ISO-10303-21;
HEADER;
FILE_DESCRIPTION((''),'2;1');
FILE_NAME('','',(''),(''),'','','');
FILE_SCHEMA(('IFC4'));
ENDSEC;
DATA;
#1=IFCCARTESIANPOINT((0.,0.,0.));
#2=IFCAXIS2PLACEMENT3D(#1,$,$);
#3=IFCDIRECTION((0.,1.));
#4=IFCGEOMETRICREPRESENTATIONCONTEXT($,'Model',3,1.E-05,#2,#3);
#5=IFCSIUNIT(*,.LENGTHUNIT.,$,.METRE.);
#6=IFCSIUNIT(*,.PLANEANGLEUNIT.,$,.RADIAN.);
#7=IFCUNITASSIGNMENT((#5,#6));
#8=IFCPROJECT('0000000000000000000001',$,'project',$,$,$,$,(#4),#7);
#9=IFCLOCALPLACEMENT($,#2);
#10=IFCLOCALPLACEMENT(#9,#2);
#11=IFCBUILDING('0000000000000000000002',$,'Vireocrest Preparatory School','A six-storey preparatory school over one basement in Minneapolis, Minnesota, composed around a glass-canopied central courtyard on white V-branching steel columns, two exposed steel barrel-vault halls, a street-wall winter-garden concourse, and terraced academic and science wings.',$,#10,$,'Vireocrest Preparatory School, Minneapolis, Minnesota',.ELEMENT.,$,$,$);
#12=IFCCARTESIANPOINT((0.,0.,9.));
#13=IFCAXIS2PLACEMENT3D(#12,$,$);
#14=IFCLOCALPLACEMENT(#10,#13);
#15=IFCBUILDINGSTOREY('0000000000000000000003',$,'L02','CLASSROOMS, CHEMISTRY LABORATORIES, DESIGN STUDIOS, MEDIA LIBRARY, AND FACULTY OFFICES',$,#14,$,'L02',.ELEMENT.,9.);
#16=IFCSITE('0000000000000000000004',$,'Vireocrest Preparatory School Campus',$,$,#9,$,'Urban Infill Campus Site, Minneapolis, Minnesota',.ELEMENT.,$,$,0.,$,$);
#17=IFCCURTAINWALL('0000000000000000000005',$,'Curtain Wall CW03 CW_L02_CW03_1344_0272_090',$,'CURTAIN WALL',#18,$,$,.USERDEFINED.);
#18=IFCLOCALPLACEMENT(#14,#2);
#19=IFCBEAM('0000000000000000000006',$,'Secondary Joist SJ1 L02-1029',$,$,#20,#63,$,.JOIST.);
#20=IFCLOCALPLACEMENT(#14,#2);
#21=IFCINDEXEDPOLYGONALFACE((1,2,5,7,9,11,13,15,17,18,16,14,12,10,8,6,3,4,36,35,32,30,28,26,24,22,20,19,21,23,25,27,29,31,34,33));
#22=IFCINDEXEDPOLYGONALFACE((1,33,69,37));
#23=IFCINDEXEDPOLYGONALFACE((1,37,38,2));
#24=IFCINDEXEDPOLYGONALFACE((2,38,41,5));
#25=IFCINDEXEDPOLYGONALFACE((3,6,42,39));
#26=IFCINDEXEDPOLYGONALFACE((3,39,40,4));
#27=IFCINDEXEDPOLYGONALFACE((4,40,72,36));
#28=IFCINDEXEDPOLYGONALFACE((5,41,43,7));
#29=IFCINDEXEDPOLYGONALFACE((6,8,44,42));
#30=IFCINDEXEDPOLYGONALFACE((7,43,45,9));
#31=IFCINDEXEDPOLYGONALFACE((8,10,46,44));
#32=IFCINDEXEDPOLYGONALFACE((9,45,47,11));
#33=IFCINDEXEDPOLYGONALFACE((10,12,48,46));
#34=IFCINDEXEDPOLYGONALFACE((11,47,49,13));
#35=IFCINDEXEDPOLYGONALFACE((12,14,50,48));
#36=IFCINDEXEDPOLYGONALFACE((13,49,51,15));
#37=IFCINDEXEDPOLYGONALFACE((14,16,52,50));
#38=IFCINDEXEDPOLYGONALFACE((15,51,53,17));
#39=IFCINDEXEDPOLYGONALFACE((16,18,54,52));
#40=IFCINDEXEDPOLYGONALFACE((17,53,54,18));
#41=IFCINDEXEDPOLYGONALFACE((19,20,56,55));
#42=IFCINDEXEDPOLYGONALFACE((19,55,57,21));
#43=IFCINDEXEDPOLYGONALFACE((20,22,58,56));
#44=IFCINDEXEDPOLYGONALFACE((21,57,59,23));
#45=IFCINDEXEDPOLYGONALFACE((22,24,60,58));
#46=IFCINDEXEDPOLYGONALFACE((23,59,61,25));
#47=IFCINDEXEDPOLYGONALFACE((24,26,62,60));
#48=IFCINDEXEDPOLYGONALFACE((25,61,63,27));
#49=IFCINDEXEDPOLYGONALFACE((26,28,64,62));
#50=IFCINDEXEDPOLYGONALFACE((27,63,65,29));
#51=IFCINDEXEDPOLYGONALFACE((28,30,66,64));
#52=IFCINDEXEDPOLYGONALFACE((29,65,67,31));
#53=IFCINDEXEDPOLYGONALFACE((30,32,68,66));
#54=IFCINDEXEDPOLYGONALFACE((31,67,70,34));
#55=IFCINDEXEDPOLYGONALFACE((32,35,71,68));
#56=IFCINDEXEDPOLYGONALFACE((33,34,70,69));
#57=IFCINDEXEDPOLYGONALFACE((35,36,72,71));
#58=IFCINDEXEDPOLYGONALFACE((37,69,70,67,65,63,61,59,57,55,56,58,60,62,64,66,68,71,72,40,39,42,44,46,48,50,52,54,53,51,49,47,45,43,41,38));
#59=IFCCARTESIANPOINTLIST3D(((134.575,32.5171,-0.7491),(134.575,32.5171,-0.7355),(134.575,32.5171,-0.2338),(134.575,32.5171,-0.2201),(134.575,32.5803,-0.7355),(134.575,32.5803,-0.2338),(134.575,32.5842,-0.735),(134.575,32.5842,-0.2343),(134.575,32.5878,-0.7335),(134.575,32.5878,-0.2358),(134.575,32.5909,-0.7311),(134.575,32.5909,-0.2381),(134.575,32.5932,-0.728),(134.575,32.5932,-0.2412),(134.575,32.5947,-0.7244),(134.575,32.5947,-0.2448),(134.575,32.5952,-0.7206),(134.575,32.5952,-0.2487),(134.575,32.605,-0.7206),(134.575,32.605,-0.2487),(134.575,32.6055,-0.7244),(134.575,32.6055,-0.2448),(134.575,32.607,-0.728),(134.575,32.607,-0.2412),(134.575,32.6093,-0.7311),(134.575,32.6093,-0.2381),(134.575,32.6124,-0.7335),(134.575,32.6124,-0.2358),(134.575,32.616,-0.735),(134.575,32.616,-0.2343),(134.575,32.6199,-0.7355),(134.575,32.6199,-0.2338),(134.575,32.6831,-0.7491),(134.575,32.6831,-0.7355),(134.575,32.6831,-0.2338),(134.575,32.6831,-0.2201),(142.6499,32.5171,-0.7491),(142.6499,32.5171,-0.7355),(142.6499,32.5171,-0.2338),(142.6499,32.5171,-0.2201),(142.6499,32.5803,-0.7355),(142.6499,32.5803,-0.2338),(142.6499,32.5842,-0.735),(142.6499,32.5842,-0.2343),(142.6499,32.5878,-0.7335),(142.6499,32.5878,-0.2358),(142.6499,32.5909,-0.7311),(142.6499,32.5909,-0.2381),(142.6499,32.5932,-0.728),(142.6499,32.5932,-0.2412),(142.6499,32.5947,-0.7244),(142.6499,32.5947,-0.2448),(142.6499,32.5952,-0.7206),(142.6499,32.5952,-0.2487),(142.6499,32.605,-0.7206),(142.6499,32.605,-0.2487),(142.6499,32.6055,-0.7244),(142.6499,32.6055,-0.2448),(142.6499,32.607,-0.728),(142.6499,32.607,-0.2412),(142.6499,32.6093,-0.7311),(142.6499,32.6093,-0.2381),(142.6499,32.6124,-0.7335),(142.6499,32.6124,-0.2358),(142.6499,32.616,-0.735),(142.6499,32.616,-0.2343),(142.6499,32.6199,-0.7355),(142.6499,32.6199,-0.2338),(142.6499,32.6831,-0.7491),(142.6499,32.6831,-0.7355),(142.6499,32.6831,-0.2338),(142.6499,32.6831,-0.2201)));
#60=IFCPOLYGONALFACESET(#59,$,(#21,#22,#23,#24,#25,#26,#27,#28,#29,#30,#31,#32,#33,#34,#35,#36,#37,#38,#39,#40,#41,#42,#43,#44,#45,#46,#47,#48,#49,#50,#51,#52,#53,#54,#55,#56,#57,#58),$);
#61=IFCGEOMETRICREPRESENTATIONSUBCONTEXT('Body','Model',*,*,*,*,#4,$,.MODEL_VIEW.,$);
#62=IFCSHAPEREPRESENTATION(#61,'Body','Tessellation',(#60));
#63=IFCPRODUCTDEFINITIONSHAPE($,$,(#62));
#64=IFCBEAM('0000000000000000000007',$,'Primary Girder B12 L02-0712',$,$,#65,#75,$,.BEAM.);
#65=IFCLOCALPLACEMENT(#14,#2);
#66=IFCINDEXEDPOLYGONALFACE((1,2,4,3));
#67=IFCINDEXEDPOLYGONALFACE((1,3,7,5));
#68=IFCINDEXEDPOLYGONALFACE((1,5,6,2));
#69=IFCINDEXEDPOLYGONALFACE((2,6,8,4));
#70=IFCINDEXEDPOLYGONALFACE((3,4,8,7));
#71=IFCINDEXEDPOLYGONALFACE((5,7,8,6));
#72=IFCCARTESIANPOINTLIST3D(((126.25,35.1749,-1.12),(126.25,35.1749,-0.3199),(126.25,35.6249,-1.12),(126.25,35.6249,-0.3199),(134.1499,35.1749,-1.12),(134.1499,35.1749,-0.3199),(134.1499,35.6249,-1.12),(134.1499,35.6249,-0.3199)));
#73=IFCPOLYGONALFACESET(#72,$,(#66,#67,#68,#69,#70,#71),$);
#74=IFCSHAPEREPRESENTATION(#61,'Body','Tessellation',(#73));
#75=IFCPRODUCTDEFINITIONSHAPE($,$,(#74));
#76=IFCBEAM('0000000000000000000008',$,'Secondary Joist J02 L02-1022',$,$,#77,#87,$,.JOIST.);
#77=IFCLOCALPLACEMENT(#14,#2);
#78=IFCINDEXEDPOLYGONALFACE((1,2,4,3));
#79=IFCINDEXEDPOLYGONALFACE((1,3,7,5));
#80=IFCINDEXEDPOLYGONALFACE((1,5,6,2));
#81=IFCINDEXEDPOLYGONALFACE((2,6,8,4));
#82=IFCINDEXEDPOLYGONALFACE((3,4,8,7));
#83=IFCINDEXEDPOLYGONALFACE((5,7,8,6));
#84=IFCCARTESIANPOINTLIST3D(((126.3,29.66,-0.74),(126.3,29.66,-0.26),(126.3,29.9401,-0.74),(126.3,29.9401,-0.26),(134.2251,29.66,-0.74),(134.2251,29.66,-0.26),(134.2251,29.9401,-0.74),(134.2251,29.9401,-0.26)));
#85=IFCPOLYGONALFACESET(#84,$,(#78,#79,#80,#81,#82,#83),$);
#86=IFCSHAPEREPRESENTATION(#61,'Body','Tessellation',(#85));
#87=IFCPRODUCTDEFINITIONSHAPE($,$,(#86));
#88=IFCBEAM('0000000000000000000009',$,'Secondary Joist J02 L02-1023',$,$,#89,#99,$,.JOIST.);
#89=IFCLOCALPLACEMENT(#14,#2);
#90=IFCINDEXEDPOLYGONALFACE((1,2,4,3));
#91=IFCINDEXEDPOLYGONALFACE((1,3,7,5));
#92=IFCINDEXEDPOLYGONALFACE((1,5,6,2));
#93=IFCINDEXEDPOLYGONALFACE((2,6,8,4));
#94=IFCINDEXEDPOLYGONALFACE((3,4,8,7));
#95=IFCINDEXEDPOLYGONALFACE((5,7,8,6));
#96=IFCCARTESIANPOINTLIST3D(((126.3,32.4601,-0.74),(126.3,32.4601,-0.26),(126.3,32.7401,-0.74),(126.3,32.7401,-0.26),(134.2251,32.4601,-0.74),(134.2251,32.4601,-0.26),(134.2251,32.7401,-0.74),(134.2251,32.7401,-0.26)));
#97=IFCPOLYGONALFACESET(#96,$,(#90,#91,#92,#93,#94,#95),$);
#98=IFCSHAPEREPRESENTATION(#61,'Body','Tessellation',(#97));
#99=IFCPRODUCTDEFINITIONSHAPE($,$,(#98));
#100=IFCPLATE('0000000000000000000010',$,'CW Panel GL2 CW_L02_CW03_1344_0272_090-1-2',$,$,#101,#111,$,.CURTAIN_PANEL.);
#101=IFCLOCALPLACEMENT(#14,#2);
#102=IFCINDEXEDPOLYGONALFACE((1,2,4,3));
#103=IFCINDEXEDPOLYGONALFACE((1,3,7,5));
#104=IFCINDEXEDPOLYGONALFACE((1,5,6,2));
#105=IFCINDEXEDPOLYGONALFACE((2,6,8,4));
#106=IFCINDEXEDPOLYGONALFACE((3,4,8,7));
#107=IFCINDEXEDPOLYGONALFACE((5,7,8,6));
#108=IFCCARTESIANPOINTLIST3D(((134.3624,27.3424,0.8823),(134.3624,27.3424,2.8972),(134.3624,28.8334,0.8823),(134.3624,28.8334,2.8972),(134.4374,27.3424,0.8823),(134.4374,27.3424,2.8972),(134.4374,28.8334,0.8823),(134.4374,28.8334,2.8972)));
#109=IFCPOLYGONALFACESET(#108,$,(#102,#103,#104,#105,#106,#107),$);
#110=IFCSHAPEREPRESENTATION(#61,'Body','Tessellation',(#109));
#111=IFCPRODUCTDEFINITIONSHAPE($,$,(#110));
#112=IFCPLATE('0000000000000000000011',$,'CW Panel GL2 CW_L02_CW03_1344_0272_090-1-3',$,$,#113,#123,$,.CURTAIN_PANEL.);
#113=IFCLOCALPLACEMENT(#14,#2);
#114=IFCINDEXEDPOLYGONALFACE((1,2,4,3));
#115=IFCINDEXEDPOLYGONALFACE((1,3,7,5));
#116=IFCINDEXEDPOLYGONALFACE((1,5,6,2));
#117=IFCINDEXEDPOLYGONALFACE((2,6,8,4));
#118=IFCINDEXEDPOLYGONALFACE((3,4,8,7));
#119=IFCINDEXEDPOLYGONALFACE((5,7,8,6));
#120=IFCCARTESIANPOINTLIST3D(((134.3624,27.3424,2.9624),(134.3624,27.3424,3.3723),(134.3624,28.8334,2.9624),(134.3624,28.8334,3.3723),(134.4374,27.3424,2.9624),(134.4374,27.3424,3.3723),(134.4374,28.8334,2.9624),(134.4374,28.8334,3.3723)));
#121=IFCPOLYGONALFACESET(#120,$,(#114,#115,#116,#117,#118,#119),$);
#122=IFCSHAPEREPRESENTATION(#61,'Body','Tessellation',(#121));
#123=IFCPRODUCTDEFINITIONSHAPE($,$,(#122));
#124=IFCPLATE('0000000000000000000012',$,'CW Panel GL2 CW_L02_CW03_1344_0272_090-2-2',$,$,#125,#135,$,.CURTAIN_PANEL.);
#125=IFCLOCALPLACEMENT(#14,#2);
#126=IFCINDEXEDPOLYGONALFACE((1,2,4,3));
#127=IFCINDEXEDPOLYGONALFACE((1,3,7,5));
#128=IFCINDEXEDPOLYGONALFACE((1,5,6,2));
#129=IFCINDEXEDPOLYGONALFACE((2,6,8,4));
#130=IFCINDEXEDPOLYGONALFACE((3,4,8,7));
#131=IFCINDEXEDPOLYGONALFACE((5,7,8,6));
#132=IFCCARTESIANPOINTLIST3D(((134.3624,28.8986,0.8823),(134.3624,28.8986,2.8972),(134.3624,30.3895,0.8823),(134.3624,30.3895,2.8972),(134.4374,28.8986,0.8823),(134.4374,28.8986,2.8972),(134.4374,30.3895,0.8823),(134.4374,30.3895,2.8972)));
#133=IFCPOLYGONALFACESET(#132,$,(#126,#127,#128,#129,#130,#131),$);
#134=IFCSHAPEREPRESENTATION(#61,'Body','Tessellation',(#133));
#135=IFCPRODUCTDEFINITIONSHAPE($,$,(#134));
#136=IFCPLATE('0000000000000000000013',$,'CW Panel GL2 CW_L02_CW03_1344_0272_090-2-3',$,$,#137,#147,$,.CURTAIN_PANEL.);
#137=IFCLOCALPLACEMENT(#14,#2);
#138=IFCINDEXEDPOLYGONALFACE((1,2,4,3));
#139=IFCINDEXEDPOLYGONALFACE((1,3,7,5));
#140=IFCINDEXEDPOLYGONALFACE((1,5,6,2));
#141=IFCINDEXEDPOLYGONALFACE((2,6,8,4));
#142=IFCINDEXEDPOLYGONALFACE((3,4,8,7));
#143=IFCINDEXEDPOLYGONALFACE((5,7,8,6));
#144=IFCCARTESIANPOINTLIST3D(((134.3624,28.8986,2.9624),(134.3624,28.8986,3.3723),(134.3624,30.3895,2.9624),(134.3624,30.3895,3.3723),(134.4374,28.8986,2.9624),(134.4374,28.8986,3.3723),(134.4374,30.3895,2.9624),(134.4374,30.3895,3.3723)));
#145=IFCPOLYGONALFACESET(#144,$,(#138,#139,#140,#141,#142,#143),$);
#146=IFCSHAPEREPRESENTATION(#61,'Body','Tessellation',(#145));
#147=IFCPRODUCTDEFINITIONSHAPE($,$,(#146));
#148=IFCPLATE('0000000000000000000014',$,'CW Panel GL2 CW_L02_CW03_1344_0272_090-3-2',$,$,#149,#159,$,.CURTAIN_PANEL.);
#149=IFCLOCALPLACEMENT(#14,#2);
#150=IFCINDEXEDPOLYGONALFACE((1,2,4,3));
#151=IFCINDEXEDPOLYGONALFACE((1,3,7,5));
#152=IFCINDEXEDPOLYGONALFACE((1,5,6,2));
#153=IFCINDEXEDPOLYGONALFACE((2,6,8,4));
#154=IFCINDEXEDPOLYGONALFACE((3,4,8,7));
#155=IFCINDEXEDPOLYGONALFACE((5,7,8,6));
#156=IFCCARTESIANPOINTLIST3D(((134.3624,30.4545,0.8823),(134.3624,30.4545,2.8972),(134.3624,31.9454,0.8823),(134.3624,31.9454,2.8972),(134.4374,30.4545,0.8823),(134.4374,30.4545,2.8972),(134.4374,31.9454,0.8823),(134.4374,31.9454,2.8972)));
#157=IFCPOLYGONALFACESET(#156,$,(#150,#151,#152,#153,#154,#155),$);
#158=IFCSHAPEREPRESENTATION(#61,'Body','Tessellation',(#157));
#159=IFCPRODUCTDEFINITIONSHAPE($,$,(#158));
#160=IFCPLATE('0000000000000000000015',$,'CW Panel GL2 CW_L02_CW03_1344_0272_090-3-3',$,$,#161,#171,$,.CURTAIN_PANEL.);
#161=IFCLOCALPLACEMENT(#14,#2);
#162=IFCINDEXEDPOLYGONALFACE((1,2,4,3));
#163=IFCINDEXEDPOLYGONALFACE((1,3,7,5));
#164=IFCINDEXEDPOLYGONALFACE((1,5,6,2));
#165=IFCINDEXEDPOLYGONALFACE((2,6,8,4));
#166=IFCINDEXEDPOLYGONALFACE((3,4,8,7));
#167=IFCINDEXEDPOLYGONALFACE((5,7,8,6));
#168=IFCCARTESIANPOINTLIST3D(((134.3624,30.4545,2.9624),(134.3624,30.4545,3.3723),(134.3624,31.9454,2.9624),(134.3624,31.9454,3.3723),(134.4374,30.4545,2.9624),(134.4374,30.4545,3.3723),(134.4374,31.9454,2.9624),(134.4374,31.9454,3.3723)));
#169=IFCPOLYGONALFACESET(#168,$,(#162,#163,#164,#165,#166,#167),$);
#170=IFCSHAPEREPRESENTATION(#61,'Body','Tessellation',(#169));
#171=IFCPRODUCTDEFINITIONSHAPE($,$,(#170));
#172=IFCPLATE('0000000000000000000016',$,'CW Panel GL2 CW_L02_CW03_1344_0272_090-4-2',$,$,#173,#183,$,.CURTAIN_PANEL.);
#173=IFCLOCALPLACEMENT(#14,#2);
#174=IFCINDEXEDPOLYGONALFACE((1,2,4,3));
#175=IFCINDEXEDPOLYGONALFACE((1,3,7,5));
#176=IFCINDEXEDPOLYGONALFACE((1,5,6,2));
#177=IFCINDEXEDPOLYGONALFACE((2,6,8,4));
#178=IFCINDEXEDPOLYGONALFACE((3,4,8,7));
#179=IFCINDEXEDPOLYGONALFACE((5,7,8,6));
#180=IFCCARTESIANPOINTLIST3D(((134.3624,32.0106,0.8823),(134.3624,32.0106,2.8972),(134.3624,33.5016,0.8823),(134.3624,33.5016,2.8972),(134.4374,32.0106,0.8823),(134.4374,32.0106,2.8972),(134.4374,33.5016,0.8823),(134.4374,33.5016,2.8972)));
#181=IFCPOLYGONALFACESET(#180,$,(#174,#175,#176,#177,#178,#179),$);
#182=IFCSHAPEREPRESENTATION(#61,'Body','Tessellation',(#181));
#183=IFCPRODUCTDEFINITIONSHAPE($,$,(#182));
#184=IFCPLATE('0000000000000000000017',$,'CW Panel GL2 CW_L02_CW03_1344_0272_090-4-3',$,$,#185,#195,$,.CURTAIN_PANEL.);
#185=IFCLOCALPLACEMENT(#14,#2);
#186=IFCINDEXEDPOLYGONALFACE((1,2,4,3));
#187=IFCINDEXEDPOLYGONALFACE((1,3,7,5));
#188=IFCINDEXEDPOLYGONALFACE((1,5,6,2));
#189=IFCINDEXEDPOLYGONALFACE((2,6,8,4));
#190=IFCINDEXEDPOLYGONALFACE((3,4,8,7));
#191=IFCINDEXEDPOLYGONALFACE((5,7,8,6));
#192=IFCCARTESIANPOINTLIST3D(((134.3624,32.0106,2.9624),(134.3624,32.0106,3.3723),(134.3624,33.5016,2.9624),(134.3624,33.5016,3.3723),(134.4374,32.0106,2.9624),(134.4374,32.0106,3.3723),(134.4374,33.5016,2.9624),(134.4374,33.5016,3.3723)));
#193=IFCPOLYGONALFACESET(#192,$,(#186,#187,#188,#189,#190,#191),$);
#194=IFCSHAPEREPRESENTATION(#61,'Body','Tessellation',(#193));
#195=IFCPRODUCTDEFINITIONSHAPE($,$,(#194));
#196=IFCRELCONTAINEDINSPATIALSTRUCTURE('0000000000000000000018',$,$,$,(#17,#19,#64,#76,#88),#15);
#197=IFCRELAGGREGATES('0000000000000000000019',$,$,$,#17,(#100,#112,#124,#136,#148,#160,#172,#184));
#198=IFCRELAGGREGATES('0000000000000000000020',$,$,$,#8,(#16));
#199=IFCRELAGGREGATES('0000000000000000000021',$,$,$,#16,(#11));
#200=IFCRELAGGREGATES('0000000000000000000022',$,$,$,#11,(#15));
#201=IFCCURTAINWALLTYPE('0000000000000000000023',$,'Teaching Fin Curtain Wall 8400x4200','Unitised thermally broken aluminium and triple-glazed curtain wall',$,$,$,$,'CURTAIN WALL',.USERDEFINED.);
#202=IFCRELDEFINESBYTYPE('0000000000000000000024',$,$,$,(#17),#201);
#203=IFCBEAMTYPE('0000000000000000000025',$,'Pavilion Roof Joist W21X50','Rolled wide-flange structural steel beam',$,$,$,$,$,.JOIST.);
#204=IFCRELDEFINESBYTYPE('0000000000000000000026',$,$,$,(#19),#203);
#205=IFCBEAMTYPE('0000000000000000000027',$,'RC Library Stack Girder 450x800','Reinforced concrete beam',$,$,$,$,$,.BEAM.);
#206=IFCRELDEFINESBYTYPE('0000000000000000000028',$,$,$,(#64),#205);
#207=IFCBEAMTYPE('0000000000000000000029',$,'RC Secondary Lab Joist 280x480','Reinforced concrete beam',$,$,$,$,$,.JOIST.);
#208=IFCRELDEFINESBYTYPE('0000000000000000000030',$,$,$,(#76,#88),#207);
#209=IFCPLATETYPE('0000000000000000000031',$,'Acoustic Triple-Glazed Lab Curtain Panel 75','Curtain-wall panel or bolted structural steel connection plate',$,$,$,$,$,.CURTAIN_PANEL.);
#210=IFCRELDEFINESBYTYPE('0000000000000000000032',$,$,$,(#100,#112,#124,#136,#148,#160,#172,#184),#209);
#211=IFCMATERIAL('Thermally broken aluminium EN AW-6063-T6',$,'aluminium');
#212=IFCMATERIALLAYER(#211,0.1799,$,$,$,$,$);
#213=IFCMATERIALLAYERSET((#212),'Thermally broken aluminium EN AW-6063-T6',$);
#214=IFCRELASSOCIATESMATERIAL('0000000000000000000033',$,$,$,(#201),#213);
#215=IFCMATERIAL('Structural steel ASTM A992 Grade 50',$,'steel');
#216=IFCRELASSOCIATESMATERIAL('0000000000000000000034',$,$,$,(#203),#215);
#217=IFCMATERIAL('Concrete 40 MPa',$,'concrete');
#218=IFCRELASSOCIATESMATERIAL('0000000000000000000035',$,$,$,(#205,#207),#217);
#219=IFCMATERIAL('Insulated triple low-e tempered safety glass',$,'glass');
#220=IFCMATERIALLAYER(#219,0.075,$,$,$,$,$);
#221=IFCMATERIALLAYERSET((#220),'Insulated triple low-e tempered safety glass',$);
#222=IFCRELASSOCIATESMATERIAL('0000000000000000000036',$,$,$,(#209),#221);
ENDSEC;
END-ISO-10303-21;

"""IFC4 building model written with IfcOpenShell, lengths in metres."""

from ifc_helpers import new_model, si_unit, direction, frame, origin, origin_2d, place, context, subcontext, project, spatial, rectangle, i_section, extrude, material, layer, layer_set, material_profile, profile_set, type_object, element, aggregate, save


model = new_model("IFC4")

# Units and contexts
model_context = context("Model", 3, precision=1e-05, world=origin(), true_north=direction((0.0, 1.0)))
body_context = subcontext(model_context, "Body", "Model", "MODEL_VIEW")
ifc_project = project(units=[si_unit("LENGTHUNIT", "METRE"), si_unit("PLANEANGLEUNIT", "RADIAN")], contexts=[model_context])

# Site, building, storey
site_placement = place(None, origin())
site = spatial("IfcSite", under=ifc_project, at=site_placement, Name="Vireocrest Preparatory School Campus", LongName="Urban Infill Campus Site, Minneapolis, Minnesota", CompositionType="ELEMENT", RefElevation=0.0)
building_placement = place(site_placement, origin())
building = spatial("IfcBuilding", under=site, at=building_placement, Name="Vireocrest Preparatory School", Description="A six-storey preparatory school over one basement in Minneapolis, Minnesota, composed around a glass-canopied central courtyard on white V-branching steel columns, two exposed steel barrel-vault halls, a street-wall winter-garden concourse, and terraced academic and science wings.", LongName="Vireocrest Preparatory School, Minneapolis, Minnesota", CompositionType="ELEMENT")
storey_placement = place(building_placement, frame((0.0, 0.0, 9.0)))
storey = spatial("IfcBuildingStorey", under=building, at=storey_placement, Name="L02", Description="CLASSROOMS, CHEMISTRY LABORATORIES, DESIGN STUDIOS, MEDIA LIBRARY, AND FACULTY OFFICES", LongName="L02", CompositionType="ELEMENT", Elevation=9.0)

# Shared definitions
ifc_material_1 = material(Name="Thermally broken aluminium EN AW-6063-T6", Category="aluminium")

# Curtain wall
ifc_layer_1 = layer(ifc_material_1, 0.1799)
ifc_layer_set_1 = layer_set([ifc_layer_1], Name="Thermally broken aluminium EN AW-6063-T6")
curtain_wall_type_1 = type_object("IfcCurtainWallType", Name="Teaching Fin Curtain Wall 8400x4200", Description="Unitised thermally broken aluminium and triple-glazed curtain wall", ElementType="CURTAIN WALL", PredefinedType="USERDEFINED", material=ifc_layer_set_1)
curtain_wall_1_placement = place(storey_placement, origin())
curtain_wall_1 = element("IfcCurtainWall", 1, at=curtain_wall_1_placement, inside=storey, type_object=curtain_wall_type_1, Name="Curtain Wall CW03 CW_L02_CW03_1344_0272_090", ObjectType="CURTAIN WALL", PredefinedType="USERDEFINED")

# Beams
ifc_material_2 = material(Name="Structural steel ASTM A992 Grade 50", Category="steel")
ifc_material_profile_1 = material_profile(ifc_material_2, i_section(OverallWidth=0.166, OverallDepth=0.5291, WebThickness=0.0098, FlangeThickness=0.0137, FilletRadius=0.0149, at=origin_2d()), Name="W21X50")
ifc_profile_set_1 = profile_set([ifc_material_profile_1], Name="Structural steel ASTM A992 Grade 50")
beam_type_1 = type_object("IfcBeamType", Name="Pavilion Roof Joist W21X50", Description="Rolled wide-flange structural steel beam", PredefinedType="JOIST", material=ifc_profile_set_1)
for number, where, z_axis, x_axis, name in (
    (2, (134.575, 32.6001, -0.4846), (1.0, 0.0, 0.0), (0.0, 1.0, 0.0), "Secondary Joist SJ1 L02-1029"),
):
    element("IfcBeam", number, at=place(storey_placement, frame(where, z_axis=z_axis, x_axis=x_axis)), inside=storey, type_object=beam_type_1, Name=name, PredefinedType="JOIST", context=body_context, shape_type="SweptSolid", body=[
        extrude(i_section(OverallWidth=0.166, OverallDepth=0.5291, WebThickness=0.0098, FlangeThickness=0.0137, FilletRadius=0.0149, at=origin_2d()), origin(), (0.0, 0.0, 1.0), 8.075),
    ])
ifc_material_3 = material(Name="Concrete 40 MPa", Category="concrete")
ifc_material_profile_2 = material_profile(ifc_material_3, rectangle(XDim=0.45, YDim=0.8, at=origin_2d()), Name="RC 450x800")
ifc_profile_set_2 = profile_set([ifc_material_profile_2], Name="Concrete 40 MPa")
beam_type_2 = type_object("IfcBeamType", Name="RC Library Stack Girder 450x800", Description="Reinforced concrete beam", PredefinedType="BEAM", material=ifc_profile_set_2)
beam_placement = place(storey_placement, frame((126.25, 35.3999, -0.72), z_axis=(1.0, 0.0, 0.0), x_axis=(0.0, 1.0, 0.0)))
element("IfcBeam", 3, at=beam_placement, inside=storey, type_object=beam_type_2, Name="Primary Girder B12 L02-0712", PredefinedType="BEAM", context=body_context, shape_type="SweptSolid", body=[
    extrude(rectangle(XDim=0.45, YDim=0.8, at=origin_2d()), origin(), (0.0, 0.0, 1.0), 7.8999),
])
ifc_material_profile_3 = material_profile(ifc_material_3, rectangle(XDim=0.28, YDim=0.48, at=origin_2d()), Name="RC 280x480")
ifc_profile_set_3 = profile_set([ifc_material_profile_3], Name="Concrete 40 MPa")
beam_type_3 = type_object("IfcBeamType", Name="RC Secondary Lab Joist 280x480", Description="Reinforced concrete beam", PredefinedType="JOIST", material=ifc_profile_set_3)
for number, where, z_axis, x_axis, name in (
    (4, (126.3, 29.8, -0.5), (1.0, 0.0, 0.0), (0.0, 1.0, 0.0), "Secondary Joist J02 L02-1022"),
    (5, (126.3, 32.6001, -0.5), (1.0, 0.0, 0.0), (0.0, 1.0, 0.0), "Secondary Joist J02 L02-1023"),
):
    element("IfcBeam", number, at=place(storey_placement, frame(where, z_axis=z_axis, x_axis=x_axis)), inside=storey, type_object=beam_type_3, Name=name, PredefinedType="JOIST", context=body_context, shape_type="SweptSolid", body=[
        extrude(rectangle(XDim=0.28, YDim=0.48, at=origin_2d()), origin(), (0.0, 0.0, 1.0), 7.925),
    ])

# Plates
ifc_material_4 = material(Name="Insulated triple low-e tempered safety glass", Category="glass")
ifc_layer_2 = layer(ifc_material_4, 0.075)
ifc_layer_set_2 = layer_set([ifc_layer_2], Name="Insulated triple low-e tempered safety glass")
plate_type_1 = type_object("IfcPlateType", Name="Acoustic Triple-Glazed Lab Curtain Panel 75", Description="Curtain-wall panel or bolted structural steel connection plate", PredefinedType="CURTAIN_PANEL", material=ifc_layer_set_2)
plate_1_placement = place(storey_placement, frame((134.3999, 28.0879, 0.8823), z_axis=(0.0, 0.0, 1.0), x_axis=(0.0, 1.0, 0.0)))
plate_1 = element("IfcPlate", 6, at=plate_1_placement, type_object=plate_type_1, Name="CW Panel GL2 CW_L02_CW03_1344_0272_090-1-2", PredefinedType="CURTAIN_PANEL", context=body_context, shape_type="SweptSolid", body=[
    extrude(rectangle(XDim=1.491, YDim=0.075, at=origin_2d()), origin(), (0.0, 0.0, 1.0), 2.0149),
])
plate_2_placement = place(storey_placement, frame((134.3999, 28.0879, 2.9624), z_axis=(0.0, 0.0, 1.0), x_axis=(0.0, 1.0, 0.0)))
plate_2 = element("IfcPlate", 7, at=plate_2_placement, type_object=plate_type_1, Name="CW Panel GL2 CW_L02_CW03_1344_0272_090-1-3", PredefinedType="CURTAIN_PANEL", context=body_context, shape_type="SweptSolid", body=[
    extrude(rectangle(XDim=1.491, YDim=0.075, at=origin_2d()), origin(), (0.0, 0.0, 1.0), 0.4099),
])
plate_3_placement = place(storey_placement, frame((134.3999, 29.644, 0.8823), z_axis=(0.0, 0.0, 1.0), x_axis=(0.0, 1.0, 0.0)))
plate_3 = element("IfcPlate", 8, at=plate_3_placement, type_object=plate_type_1, Name="CW Panel GL2 CW_L02_CW03_1344_0272_090-2-2", PredefinedType="CURTAIN_PANEL", context=body_context, shape_type="SweptSolid", body=[
    extrude(rectangle(XDim=1.491, YDim=0.075, at=origin_2d()), origin(), (0.0, 0.0, 1.0), 2.0149),
])
plate_4_placement = place(storey_placement, frame((134.3999, 29.644, 2.9624), z_axis=(0.0, 0.0, 1.0), x_axis=(0.0, 1.0, 0.0)))
plate_4 = element("IfcPlate", 9, at=plate_4_placement, type_object=plate_type_1, Name="CW Panel GL2 CW_L02_CW03_1344_0272_090-2-3", PredefinedType="CURTAIN_PANEL", context=body_context, shape_type="SweptSolid", body=[
    extrude(rectangle(XDim=1.491, YDim=0.075, at=origin_2d()), origin(), (0.0, 0.0, 1.0), 0.4099),
])
plate_5_placement = place(storey_placement, frame((134.3999, 31.2, 0.8823), z_axis=(0.0, 0.0, 1.0), x_axis=(0.0, 1.0, 0.0)))
plate_5 = element("IfcPlate", 10, at=plate_5_placement, type_object=plate_type_1, Name="CW Panel GL2 CW_L02_CW03_1344_0272_090-3-2", PredefinedType="CURTAIN_PANEL", context=body_context, shape_type="SweptSolid", body=[
    extrude(rectangle(XDim=1.491, YDim=0.075, at=origin_2d()), origin(), (0.0, 0.0, 1.0), 2.0149),
])
plate_6_placement = place(storey_placement, frame((134.3999, 31.2, 2.9624), z_axis=(0.0, 0.0, 1.0), x_axis=(0.0, 1.0, 0.0)))
plate_6 = element("IfcPlate", 11, at=plate_6_placement, type_object=plate_type_1, Name="CW Panel GL2 CW_L02_CW03_1344_0272_090-3-3", PredefinedType="CURTAIN_PANEL", context=body_context, shape_type="SweptSolid", body=[
    extrude(rectangle(XDim=1.491, YDim=0.075, at=origin_2d()), origin(), (0.0, 0.0, 1.0), 0.4099),
])
plate_7_placement = place(storey_placement, frame((134.3999, 32.7561, 0.8823), z_axis=(0.0, 0.0, 1.0), x_axis=(0.0, 1.0, 0.0)))
plate_7 = element("IfcPlate", 12, at=plate_7_placement, type_object=plate_type_1, Name="CW Panel GL2 CW_L02_CW03_1344_0272_090-4-2", PredefinedType="CURTAIN_PANEL", context=body_context, shape_type="SweptSolid", body=[
    extrude(rectangle(XDim=1.491, YDim=0.075, at=origin_2d()), origin(), (0.0, 0.0, 1.0), 2.0149),
])
plate_8_placement = place(storey_placement, frame((134.3999, 32.7561, 2.9624), z_axis=(0.0, 0.0, 1.0), x_axis=(0.0, 1.0, 0.0)))
plate_8 = element("IfcPlate", 13, at=plate_8_placement, type_object=plate_type_1, Name="CW Panel GL2 CW_L02_CW03_1344_0272_090-4-3", PredefinedType="CURTAIN_PANEL", context=body_context, shape_type="SweptSolid", body=[
    extrude(rectangle(XDim=1.491, YDim=0.075, at=origin_2d()), origin(), (0.0, 0.0, 1.0), 0.4099),
])
aggregate(curtain_wall_1, [plate_1, plate_2, plate_3, plate_4, plate_5, plate_6, plate_7, plate_8])

save(model, "model.ifc")
